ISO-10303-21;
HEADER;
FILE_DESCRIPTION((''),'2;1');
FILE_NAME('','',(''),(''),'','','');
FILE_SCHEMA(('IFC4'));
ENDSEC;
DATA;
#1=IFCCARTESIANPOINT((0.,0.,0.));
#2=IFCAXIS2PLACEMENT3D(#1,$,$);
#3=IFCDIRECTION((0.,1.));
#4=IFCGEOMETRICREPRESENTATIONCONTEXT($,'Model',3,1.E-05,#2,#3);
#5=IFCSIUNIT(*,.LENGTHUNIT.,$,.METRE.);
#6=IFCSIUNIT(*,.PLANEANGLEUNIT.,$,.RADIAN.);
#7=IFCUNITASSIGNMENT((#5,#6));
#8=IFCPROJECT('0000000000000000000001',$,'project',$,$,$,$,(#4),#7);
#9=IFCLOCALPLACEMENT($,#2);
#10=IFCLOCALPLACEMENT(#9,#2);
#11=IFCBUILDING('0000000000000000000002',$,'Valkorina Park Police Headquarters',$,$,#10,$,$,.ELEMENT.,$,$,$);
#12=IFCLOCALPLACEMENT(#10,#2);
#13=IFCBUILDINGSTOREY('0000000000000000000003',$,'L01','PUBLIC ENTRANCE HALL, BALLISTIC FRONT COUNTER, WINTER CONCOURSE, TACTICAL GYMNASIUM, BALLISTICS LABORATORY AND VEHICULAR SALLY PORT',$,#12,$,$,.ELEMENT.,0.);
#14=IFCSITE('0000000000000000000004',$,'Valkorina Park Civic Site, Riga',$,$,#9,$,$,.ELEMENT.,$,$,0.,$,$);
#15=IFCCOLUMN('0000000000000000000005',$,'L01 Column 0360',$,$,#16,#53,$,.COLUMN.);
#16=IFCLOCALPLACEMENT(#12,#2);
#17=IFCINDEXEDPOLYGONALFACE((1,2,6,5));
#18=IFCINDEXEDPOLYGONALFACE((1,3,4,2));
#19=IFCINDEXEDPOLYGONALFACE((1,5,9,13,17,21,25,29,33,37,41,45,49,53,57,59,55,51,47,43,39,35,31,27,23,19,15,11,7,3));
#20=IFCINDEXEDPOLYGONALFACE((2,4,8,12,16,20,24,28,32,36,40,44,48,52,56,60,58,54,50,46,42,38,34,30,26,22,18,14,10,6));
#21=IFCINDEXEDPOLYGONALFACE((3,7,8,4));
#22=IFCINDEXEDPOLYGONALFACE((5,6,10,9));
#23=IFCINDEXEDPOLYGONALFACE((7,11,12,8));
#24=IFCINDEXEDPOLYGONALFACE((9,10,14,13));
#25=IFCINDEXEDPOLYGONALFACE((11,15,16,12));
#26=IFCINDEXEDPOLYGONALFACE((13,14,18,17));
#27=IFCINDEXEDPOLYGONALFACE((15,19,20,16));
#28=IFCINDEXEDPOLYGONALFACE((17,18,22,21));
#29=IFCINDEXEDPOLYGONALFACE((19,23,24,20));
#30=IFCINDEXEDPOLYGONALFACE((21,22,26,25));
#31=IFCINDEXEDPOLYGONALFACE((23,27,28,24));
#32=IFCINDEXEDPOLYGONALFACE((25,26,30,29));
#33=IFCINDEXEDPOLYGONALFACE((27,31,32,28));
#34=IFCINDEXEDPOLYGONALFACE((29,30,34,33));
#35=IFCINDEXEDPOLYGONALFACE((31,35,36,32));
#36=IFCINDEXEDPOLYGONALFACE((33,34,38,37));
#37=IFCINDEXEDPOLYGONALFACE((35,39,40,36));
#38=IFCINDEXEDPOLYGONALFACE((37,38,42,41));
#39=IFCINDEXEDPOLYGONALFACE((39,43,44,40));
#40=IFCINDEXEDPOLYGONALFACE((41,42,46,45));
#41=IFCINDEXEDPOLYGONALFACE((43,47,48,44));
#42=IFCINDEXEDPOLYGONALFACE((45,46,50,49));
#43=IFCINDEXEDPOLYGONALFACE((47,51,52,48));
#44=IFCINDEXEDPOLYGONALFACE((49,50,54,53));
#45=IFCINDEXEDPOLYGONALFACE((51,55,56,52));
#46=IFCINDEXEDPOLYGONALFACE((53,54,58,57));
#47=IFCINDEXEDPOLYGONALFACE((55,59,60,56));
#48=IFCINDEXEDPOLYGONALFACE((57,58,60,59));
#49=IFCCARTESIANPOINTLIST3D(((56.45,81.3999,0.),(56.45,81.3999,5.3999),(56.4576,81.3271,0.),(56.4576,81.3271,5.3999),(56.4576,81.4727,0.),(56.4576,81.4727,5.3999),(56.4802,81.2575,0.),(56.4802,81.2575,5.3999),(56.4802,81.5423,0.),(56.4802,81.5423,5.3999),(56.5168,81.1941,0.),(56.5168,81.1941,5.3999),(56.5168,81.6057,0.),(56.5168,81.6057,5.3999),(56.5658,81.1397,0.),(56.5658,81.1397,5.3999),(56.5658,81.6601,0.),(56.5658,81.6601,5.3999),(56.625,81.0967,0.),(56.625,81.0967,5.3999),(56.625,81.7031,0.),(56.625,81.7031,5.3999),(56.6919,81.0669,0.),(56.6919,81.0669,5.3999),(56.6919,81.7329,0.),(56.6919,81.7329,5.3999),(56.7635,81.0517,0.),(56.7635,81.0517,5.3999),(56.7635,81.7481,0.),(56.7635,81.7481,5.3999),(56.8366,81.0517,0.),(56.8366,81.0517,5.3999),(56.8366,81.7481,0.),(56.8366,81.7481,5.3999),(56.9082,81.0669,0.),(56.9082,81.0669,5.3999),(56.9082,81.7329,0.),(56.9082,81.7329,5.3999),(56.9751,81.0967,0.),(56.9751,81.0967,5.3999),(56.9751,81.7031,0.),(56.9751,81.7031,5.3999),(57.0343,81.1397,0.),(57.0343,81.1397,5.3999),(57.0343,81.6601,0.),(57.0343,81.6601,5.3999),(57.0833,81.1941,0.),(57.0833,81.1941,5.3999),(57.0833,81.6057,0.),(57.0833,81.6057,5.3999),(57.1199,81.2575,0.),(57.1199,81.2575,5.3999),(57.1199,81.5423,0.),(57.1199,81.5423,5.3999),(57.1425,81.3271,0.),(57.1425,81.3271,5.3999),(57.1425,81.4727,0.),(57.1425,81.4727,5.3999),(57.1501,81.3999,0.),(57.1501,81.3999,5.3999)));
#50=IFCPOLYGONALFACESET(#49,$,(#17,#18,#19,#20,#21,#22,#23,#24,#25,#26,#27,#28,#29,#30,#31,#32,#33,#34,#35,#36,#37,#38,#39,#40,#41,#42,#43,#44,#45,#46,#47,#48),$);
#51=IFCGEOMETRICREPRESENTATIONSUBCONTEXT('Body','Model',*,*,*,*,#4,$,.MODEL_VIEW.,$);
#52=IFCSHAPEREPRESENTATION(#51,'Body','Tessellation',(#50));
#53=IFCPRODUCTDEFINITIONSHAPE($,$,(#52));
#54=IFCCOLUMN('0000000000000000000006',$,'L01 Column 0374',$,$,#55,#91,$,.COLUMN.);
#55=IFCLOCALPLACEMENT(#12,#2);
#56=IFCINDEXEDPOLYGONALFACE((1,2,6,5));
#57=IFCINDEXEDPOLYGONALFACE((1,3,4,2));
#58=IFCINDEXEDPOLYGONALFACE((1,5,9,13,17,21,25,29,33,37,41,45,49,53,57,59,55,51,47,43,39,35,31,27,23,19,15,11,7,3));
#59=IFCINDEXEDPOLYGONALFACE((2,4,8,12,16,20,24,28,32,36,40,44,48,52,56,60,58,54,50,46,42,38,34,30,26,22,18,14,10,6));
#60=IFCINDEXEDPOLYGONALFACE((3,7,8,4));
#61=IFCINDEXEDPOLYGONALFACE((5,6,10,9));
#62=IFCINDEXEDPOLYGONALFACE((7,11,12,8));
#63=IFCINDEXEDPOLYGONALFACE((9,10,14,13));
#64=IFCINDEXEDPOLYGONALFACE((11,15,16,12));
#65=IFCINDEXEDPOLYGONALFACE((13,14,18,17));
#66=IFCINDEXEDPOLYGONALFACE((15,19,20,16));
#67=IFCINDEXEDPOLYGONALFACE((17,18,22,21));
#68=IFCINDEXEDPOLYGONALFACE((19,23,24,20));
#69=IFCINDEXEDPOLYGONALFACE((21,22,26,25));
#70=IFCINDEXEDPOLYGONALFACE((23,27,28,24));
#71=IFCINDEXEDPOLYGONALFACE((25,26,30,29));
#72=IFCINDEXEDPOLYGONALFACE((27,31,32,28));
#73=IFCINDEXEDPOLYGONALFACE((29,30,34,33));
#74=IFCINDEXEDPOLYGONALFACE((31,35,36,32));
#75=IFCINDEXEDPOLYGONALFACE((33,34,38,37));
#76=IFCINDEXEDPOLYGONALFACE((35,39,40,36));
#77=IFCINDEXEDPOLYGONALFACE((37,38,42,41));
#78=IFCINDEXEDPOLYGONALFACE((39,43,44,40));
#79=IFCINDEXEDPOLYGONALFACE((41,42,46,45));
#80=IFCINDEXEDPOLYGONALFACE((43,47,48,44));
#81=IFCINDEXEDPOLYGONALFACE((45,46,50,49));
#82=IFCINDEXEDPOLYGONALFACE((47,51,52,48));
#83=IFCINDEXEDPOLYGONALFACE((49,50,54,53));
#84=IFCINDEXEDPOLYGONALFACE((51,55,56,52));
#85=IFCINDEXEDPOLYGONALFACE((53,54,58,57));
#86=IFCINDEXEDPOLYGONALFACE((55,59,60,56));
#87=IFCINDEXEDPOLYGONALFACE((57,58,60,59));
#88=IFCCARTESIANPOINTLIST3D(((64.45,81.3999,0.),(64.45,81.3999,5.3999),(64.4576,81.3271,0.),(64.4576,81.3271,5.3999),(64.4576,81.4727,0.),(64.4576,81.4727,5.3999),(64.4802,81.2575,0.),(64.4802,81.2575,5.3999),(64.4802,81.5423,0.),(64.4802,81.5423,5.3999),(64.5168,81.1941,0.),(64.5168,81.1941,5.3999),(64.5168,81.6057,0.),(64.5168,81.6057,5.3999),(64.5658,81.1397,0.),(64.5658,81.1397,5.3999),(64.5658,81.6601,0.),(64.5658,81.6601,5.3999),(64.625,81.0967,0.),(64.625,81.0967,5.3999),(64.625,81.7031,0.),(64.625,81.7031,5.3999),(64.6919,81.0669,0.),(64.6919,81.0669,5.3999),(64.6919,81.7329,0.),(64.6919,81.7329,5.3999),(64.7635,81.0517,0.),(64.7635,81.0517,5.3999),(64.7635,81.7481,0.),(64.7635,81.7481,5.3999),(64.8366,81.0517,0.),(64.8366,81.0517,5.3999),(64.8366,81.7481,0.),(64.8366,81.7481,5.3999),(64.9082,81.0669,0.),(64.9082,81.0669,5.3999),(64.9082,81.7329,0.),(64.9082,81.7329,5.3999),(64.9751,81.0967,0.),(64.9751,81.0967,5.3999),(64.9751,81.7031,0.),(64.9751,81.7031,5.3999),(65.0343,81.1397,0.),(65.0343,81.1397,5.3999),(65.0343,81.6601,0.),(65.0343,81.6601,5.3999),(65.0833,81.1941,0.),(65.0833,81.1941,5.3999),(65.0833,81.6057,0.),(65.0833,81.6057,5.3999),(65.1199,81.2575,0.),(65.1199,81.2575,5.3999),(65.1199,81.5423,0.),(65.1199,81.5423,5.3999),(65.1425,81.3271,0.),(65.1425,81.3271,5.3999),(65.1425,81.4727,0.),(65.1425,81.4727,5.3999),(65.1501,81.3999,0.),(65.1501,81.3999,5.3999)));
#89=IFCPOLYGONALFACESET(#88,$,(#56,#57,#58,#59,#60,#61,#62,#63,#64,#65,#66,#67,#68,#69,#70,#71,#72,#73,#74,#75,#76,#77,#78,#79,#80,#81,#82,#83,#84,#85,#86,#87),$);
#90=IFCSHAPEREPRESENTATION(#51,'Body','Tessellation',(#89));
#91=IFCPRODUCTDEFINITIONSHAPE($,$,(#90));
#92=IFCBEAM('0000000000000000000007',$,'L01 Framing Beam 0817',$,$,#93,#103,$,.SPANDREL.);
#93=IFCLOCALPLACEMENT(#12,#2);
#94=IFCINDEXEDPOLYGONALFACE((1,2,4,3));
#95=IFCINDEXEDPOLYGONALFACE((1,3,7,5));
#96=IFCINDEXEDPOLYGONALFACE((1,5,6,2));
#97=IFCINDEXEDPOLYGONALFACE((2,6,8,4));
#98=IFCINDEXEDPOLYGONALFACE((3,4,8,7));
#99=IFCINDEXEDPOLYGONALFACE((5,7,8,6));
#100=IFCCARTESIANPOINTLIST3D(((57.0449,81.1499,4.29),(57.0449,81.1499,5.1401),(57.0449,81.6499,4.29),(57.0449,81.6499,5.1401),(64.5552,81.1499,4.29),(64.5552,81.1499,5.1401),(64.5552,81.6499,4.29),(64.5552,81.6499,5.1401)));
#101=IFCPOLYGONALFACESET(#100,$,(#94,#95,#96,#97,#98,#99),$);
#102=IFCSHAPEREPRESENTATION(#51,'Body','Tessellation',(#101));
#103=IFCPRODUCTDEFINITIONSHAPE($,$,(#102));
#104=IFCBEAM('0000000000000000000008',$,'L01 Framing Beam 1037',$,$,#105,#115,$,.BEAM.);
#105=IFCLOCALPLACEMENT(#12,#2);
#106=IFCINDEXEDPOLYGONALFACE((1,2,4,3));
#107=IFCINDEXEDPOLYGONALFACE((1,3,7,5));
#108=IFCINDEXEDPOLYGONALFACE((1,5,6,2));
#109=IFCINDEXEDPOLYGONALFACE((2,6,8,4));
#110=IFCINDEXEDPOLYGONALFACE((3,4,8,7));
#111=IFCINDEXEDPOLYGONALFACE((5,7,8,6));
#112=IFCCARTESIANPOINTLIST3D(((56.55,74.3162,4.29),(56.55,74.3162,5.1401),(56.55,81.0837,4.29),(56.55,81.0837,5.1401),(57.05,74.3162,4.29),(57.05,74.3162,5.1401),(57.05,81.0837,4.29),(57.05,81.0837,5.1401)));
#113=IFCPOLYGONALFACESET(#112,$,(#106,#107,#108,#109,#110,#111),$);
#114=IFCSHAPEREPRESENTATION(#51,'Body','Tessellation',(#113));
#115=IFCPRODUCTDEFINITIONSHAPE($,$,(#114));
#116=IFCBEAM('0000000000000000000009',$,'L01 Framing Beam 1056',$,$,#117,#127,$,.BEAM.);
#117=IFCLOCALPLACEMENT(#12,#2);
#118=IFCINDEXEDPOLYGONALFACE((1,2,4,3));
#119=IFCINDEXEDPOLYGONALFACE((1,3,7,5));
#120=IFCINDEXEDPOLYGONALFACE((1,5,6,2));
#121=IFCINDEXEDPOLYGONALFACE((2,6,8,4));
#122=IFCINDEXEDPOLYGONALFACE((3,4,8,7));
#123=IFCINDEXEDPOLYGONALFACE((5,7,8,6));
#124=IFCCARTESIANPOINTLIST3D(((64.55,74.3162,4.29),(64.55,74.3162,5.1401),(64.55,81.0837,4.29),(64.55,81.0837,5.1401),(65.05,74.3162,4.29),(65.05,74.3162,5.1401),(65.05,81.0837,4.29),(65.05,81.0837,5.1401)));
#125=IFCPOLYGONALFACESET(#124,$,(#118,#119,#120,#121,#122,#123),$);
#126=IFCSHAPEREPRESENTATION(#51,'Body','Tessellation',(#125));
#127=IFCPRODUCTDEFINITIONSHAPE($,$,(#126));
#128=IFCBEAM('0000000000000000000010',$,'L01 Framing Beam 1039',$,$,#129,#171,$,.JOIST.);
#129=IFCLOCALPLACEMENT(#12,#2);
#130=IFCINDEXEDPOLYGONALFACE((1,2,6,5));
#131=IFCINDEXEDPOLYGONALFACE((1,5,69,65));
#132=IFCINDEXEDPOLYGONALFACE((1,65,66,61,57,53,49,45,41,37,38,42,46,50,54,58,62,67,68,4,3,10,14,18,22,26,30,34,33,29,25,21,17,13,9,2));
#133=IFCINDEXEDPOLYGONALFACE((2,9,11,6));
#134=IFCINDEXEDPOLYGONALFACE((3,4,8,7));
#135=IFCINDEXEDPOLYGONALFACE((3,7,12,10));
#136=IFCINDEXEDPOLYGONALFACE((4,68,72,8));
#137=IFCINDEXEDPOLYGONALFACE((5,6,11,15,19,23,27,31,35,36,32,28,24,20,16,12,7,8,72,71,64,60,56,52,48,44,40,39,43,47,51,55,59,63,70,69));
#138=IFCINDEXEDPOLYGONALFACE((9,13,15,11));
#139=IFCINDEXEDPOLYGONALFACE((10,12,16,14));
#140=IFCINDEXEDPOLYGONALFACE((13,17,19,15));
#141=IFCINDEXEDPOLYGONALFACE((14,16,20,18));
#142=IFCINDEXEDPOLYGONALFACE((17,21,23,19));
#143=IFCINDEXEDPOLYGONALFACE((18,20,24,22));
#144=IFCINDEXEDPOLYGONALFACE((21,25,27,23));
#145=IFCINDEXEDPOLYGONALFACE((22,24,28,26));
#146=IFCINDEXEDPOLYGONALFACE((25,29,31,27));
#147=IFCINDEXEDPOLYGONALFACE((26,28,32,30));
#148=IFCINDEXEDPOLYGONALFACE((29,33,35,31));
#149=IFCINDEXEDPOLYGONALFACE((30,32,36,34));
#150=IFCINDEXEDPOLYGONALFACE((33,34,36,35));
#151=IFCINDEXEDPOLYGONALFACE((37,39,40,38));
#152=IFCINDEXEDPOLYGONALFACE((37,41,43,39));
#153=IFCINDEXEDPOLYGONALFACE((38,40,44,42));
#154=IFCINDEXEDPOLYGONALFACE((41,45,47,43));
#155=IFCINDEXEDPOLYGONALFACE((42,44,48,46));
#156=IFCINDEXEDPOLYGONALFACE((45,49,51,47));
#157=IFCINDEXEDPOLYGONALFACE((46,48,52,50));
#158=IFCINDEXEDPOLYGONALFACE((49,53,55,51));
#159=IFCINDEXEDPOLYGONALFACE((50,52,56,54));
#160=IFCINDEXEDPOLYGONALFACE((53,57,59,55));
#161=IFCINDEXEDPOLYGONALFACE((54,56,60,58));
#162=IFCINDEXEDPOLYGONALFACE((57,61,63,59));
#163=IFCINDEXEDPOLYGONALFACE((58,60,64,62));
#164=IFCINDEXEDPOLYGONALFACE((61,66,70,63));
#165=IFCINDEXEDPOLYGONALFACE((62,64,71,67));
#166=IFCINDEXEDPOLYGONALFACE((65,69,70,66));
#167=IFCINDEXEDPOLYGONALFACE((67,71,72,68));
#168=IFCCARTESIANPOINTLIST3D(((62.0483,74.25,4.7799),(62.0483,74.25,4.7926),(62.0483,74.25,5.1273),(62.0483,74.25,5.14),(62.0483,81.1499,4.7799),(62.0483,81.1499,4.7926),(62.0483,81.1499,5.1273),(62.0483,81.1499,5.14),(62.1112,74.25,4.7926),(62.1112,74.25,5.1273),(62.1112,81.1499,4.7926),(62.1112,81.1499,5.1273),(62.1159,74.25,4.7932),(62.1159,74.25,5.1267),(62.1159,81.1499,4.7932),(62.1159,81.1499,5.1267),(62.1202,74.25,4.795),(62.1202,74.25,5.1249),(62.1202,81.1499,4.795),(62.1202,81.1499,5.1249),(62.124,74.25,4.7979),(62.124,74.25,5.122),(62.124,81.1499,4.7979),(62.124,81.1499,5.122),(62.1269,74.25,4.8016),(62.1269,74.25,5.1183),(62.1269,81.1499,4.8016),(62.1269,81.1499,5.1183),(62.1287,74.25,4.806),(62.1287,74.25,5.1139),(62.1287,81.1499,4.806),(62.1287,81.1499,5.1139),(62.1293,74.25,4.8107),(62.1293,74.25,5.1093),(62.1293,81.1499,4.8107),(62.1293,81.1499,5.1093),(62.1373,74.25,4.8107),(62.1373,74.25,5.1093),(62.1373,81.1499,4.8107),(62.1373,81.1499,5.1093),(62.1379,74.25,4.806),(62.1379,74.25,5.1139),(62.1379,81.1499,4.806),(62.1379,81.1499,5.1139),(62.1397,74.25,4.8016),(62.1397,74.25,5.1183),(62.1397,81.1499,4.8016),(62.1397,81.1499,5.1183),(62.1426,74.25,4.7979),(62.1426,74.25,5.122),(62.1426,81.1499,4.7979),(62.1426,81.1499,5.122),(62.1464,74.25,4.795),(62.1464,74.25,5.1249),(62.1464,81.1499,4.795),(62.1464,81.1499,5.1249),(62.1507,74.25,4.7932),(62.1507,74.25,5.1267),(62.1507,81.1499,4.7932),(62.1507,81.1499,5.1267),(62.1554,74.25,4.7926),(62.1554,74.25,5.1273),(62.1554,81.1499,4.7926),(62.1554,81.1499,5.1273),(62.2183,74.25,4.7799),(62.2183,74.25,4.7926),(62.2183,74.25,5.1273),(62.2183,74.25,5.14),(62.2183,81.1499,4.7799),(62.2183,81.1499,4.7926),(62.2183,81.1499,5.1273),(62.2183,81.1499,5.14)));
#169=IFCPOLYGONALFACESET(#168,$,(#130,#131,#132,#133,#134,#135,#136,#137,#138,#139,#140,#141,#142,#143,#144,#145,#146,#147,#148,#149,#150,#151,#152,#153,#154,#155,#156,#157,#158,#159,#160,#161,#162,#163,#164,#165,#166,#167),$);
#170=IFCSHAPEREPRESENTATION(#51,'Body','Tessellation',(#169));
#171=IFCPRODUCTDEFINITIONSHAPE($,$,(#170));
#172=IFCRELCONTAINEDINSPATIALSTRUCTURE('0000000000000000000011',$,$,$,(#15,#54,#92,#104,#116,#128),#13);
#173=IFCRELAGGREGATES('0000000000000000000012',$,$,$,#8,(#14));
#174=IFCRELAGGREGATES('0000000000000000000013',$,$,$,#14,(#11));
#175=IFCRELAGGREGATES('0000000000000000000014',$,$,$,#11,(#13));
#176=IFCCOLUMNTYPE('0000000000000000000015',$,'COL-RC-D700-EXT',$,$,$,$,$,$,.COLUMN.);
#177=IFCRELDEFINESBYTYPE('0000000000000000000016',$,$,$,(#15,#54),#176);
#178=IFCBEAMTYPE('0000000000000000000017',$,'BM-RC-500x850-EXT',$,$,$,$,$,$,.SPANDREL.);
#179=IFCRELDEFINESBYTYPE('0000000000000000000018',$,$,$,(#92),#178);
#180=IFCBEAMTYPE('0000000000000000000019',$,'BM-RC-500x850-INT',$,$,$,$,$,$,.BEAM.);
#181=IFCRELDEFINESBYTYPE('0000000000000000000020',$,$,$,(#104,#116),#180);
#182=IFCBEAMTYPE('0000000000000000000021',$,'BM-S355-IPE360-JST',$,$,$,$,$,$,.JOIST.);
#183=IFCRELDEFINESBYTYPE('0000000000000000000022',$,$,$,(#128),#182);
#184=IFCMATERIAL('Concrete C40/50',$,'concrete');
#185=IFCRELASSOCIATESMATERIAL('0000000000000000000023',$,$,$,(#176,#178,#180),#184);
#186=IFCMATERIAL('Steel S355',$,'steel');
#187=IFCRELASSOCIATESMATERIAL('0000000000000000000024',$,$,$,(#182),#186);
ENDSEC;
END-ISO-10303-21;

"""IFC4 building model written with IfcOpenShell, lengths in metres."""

from ifc_helpers import new_model, si_unit, direction, frame, origin, origin_2d, place, context, subcontext, project, spatial, rectangle, circle, i_section, extrude, material, material_profile, profile_set, type_object, element, save


model = new_model("IFC4")

# Units and contexts
model_context = context("Model", 3, precision=1e-05, world=origin(), true_north=direction((0.0, 1.0)))
body_context = subcontext(model_context, "Body", "Model", "MODEL_VIEW")
ifc_project = project(units=[si_unit("LENGTHUNIT", "METRE"), si_unit("PLANEANGLEUNIT", "RADIAN")], contexts=[model_context])

# Site, building, storey
site_placement = place(None, origin())
site = spatial("IfcSite", under=ifc_project, at=site_placement, Name="Valkorina Park Civic Site, Riga", CompositionType="ELEMENT", RefElevation=0.0)
building_placement = place(site_placement, origin())
building = spatial("IfcBuilding", under=site, at=building_placement, Name="Valkorina Park Police Headquarters", CompositionType="ELEMENT")
storey_placement = place(building_placement, origin())
storey = spatial("IfcBuildingStorey", under=building, at=storey_placement, Name="L01", Description="PUBLIC ENTRANCE HALL, BALLISTIC FRONT COUNTER, WINTER CONCOURSE, TACTICAL GYMNASIUM, BALLISTICS LABORATORY AND VEHICULAR SALLY PORT", CompositionType="ELEMENT", Elevation=0.0)

# Columns
ifc_material_1 = material(Name="Concrete C40/50", Category="concrete")
ifc_material_profile_1 = material_profile(ifc_material_1, circle(Radius=0.3501, at=origin_2d()), Name="RC COL D700")
ifc_profile_set_1 = profile_set([ifc_material_profile_1], Name="Concrete C40/50")
column_type = type_object("IfcColumnType", Name="COL-RC-D700-EXT", PredefinedType="COLUMN", material=ifc_profile_set_1)
for number, where, z_axis, x_axis, name in (
    (1, (56.8, 81.3999, 0.0), (0.0, 0.0, 1.0), (1.0, 0.0, 0.0), "L01 Column 0360"),
    (2, (64.8, 81.3999, 0.0), (0.0, 0.0, 1.0), (1.0, 0.0, 0.0), "L01 Column 0374"),
):
    element("IfcColumn", number, at=place(storey_placement, frame(where, z_axis=z_axis, x_axis=x_axis)), inside=storey, type_object=column_type, Name=name, PredefinedType="COLUMN", context=body_context, shape_type="SweptSolid", body=[
        extrude(circle(Radius=0.3501, at=origin_2d()), origin(), (0.0, 0.0, 1.0), 5.3999),
    ])

# Beams
ifc_material_profile_2 = material_profile(ifc_material_1, rectangle(XDim=0.5, YDim=0.8501, at=origin_2d()), Name="RC BEAM 500x850")
ifc_profile_set_2 = profile_set([ifc_material_profile_2], Name="Concrete C40/50")
beam_type_1 = type_object("IfcBeamType", Name="BM-RC-500x850-EXT", PredefinedType="SPANDREL", material=ifc_profile_set_2)
beam_1_placement = place(storey_placement, frame((57.0449, 81.3999, 4.7151), z_axis=(1.0, 0.0, 0.0), x_axis=(0.0, 1.0, 0.0)))
element("IfcBeam", 3, at=beam_1_placement, inside=storey, type_object=beam_type_1, Name="L01 Framing Beam 0817", PredefinedType="SPANDREL", context=body_context, shape_type="SweptSolid", body=[
    extrude(rectangle(XDim=0.5, YDim=0.8501, at=origin_2d()), origin(), (0.0, 0.0, 1.0), 7.5103),
])
ifc_material_profile_3 = material_profile(ifc_material_1, rectangle(XDim=0.5, YDim=0.8501, at=origin_2d()), Name="RC BEAM 500x850")
ifc_profile_set_3 = profile_set([ifc_material_profile_3], Name="Concrete C40/50")
beam_type_2 = type_object("IfcBeamType", Name="BM-RC-500x850-INT", PredefinedType="BEAM", material=ifc_profile_set_3)
for number, where, z_axis, x_axis, name in (
    (4, (56.8, 74.3162, 4.7151), (0.0, 1.0, 0.0), (-1.0, 0.0, 0.0), "L01 Framing Beam 1037"),
    (5, (64.8, 74.3162, 4.7151), (0.0, 1.0, 0.0), (-1.0, 0.0, 0.0), "L01 Framing Beam 1056"),
):
    element("IfcBeam", number, at=place(storey_placement, frame(where, z_axis=z_axis, x_axis=x_axis)), inside=storey, type_object=beam_type_2, Name=name, PredefinedType="BEAM", context=body_context, shape_type="SweptSolid", body=[
        extrude(rectangle(XDim=0.5, YDim=0.8501, at=origin_2d()), origin(), (0.0, 0.0, 1.0), 6.7676),
    ])
ifc_material_2 = material(Name="Steel S355", Category="steel")
ifc_material_profile_4 = material_profile(ifc_material_2, i_section(OverallWidth=0.1699, OverallDepth=0.3601, WebThickness=0.0081, FlangeThickness=0.0127, FilletRadius=0.0181, at=origin_2d()), Name="IPE 360")
ifc_profile_set_4 = profile_set([ifc_material_profile_4], Name="Steel S355")
beam_type_3 = type_object("IfcBeamType", Name="BM-S355-IPE360-JST", PredefinedType="JOIST", material=ifc_profile_set_4)
beam_2_placement = place(storey_placement, frame((62.1333, 74.25, 4.96), z_axis=(0.0, 1.0, 0.0), x_axis=(-1.0, 0.0, 0.0)))
element("IfcBeam", 6, at=beam_2_placement, inside=storey, type_object=beam_type_3, Name="L01 Framing Beam 1039", PredefinedType="JOIST", context=body_context, shape_type="SweptSolid", body=[
    extrude(i_section(OverallWidth=0.1699, OverallDepth=0.3601, WebThickness=0.0081, FlangeThickness=0.0127, FilletRadius=0.0181, at=origin_2d()), origin(), (0.0, 0.0, 1.0), 6.8999),
])

save(model, "model.ifc")
